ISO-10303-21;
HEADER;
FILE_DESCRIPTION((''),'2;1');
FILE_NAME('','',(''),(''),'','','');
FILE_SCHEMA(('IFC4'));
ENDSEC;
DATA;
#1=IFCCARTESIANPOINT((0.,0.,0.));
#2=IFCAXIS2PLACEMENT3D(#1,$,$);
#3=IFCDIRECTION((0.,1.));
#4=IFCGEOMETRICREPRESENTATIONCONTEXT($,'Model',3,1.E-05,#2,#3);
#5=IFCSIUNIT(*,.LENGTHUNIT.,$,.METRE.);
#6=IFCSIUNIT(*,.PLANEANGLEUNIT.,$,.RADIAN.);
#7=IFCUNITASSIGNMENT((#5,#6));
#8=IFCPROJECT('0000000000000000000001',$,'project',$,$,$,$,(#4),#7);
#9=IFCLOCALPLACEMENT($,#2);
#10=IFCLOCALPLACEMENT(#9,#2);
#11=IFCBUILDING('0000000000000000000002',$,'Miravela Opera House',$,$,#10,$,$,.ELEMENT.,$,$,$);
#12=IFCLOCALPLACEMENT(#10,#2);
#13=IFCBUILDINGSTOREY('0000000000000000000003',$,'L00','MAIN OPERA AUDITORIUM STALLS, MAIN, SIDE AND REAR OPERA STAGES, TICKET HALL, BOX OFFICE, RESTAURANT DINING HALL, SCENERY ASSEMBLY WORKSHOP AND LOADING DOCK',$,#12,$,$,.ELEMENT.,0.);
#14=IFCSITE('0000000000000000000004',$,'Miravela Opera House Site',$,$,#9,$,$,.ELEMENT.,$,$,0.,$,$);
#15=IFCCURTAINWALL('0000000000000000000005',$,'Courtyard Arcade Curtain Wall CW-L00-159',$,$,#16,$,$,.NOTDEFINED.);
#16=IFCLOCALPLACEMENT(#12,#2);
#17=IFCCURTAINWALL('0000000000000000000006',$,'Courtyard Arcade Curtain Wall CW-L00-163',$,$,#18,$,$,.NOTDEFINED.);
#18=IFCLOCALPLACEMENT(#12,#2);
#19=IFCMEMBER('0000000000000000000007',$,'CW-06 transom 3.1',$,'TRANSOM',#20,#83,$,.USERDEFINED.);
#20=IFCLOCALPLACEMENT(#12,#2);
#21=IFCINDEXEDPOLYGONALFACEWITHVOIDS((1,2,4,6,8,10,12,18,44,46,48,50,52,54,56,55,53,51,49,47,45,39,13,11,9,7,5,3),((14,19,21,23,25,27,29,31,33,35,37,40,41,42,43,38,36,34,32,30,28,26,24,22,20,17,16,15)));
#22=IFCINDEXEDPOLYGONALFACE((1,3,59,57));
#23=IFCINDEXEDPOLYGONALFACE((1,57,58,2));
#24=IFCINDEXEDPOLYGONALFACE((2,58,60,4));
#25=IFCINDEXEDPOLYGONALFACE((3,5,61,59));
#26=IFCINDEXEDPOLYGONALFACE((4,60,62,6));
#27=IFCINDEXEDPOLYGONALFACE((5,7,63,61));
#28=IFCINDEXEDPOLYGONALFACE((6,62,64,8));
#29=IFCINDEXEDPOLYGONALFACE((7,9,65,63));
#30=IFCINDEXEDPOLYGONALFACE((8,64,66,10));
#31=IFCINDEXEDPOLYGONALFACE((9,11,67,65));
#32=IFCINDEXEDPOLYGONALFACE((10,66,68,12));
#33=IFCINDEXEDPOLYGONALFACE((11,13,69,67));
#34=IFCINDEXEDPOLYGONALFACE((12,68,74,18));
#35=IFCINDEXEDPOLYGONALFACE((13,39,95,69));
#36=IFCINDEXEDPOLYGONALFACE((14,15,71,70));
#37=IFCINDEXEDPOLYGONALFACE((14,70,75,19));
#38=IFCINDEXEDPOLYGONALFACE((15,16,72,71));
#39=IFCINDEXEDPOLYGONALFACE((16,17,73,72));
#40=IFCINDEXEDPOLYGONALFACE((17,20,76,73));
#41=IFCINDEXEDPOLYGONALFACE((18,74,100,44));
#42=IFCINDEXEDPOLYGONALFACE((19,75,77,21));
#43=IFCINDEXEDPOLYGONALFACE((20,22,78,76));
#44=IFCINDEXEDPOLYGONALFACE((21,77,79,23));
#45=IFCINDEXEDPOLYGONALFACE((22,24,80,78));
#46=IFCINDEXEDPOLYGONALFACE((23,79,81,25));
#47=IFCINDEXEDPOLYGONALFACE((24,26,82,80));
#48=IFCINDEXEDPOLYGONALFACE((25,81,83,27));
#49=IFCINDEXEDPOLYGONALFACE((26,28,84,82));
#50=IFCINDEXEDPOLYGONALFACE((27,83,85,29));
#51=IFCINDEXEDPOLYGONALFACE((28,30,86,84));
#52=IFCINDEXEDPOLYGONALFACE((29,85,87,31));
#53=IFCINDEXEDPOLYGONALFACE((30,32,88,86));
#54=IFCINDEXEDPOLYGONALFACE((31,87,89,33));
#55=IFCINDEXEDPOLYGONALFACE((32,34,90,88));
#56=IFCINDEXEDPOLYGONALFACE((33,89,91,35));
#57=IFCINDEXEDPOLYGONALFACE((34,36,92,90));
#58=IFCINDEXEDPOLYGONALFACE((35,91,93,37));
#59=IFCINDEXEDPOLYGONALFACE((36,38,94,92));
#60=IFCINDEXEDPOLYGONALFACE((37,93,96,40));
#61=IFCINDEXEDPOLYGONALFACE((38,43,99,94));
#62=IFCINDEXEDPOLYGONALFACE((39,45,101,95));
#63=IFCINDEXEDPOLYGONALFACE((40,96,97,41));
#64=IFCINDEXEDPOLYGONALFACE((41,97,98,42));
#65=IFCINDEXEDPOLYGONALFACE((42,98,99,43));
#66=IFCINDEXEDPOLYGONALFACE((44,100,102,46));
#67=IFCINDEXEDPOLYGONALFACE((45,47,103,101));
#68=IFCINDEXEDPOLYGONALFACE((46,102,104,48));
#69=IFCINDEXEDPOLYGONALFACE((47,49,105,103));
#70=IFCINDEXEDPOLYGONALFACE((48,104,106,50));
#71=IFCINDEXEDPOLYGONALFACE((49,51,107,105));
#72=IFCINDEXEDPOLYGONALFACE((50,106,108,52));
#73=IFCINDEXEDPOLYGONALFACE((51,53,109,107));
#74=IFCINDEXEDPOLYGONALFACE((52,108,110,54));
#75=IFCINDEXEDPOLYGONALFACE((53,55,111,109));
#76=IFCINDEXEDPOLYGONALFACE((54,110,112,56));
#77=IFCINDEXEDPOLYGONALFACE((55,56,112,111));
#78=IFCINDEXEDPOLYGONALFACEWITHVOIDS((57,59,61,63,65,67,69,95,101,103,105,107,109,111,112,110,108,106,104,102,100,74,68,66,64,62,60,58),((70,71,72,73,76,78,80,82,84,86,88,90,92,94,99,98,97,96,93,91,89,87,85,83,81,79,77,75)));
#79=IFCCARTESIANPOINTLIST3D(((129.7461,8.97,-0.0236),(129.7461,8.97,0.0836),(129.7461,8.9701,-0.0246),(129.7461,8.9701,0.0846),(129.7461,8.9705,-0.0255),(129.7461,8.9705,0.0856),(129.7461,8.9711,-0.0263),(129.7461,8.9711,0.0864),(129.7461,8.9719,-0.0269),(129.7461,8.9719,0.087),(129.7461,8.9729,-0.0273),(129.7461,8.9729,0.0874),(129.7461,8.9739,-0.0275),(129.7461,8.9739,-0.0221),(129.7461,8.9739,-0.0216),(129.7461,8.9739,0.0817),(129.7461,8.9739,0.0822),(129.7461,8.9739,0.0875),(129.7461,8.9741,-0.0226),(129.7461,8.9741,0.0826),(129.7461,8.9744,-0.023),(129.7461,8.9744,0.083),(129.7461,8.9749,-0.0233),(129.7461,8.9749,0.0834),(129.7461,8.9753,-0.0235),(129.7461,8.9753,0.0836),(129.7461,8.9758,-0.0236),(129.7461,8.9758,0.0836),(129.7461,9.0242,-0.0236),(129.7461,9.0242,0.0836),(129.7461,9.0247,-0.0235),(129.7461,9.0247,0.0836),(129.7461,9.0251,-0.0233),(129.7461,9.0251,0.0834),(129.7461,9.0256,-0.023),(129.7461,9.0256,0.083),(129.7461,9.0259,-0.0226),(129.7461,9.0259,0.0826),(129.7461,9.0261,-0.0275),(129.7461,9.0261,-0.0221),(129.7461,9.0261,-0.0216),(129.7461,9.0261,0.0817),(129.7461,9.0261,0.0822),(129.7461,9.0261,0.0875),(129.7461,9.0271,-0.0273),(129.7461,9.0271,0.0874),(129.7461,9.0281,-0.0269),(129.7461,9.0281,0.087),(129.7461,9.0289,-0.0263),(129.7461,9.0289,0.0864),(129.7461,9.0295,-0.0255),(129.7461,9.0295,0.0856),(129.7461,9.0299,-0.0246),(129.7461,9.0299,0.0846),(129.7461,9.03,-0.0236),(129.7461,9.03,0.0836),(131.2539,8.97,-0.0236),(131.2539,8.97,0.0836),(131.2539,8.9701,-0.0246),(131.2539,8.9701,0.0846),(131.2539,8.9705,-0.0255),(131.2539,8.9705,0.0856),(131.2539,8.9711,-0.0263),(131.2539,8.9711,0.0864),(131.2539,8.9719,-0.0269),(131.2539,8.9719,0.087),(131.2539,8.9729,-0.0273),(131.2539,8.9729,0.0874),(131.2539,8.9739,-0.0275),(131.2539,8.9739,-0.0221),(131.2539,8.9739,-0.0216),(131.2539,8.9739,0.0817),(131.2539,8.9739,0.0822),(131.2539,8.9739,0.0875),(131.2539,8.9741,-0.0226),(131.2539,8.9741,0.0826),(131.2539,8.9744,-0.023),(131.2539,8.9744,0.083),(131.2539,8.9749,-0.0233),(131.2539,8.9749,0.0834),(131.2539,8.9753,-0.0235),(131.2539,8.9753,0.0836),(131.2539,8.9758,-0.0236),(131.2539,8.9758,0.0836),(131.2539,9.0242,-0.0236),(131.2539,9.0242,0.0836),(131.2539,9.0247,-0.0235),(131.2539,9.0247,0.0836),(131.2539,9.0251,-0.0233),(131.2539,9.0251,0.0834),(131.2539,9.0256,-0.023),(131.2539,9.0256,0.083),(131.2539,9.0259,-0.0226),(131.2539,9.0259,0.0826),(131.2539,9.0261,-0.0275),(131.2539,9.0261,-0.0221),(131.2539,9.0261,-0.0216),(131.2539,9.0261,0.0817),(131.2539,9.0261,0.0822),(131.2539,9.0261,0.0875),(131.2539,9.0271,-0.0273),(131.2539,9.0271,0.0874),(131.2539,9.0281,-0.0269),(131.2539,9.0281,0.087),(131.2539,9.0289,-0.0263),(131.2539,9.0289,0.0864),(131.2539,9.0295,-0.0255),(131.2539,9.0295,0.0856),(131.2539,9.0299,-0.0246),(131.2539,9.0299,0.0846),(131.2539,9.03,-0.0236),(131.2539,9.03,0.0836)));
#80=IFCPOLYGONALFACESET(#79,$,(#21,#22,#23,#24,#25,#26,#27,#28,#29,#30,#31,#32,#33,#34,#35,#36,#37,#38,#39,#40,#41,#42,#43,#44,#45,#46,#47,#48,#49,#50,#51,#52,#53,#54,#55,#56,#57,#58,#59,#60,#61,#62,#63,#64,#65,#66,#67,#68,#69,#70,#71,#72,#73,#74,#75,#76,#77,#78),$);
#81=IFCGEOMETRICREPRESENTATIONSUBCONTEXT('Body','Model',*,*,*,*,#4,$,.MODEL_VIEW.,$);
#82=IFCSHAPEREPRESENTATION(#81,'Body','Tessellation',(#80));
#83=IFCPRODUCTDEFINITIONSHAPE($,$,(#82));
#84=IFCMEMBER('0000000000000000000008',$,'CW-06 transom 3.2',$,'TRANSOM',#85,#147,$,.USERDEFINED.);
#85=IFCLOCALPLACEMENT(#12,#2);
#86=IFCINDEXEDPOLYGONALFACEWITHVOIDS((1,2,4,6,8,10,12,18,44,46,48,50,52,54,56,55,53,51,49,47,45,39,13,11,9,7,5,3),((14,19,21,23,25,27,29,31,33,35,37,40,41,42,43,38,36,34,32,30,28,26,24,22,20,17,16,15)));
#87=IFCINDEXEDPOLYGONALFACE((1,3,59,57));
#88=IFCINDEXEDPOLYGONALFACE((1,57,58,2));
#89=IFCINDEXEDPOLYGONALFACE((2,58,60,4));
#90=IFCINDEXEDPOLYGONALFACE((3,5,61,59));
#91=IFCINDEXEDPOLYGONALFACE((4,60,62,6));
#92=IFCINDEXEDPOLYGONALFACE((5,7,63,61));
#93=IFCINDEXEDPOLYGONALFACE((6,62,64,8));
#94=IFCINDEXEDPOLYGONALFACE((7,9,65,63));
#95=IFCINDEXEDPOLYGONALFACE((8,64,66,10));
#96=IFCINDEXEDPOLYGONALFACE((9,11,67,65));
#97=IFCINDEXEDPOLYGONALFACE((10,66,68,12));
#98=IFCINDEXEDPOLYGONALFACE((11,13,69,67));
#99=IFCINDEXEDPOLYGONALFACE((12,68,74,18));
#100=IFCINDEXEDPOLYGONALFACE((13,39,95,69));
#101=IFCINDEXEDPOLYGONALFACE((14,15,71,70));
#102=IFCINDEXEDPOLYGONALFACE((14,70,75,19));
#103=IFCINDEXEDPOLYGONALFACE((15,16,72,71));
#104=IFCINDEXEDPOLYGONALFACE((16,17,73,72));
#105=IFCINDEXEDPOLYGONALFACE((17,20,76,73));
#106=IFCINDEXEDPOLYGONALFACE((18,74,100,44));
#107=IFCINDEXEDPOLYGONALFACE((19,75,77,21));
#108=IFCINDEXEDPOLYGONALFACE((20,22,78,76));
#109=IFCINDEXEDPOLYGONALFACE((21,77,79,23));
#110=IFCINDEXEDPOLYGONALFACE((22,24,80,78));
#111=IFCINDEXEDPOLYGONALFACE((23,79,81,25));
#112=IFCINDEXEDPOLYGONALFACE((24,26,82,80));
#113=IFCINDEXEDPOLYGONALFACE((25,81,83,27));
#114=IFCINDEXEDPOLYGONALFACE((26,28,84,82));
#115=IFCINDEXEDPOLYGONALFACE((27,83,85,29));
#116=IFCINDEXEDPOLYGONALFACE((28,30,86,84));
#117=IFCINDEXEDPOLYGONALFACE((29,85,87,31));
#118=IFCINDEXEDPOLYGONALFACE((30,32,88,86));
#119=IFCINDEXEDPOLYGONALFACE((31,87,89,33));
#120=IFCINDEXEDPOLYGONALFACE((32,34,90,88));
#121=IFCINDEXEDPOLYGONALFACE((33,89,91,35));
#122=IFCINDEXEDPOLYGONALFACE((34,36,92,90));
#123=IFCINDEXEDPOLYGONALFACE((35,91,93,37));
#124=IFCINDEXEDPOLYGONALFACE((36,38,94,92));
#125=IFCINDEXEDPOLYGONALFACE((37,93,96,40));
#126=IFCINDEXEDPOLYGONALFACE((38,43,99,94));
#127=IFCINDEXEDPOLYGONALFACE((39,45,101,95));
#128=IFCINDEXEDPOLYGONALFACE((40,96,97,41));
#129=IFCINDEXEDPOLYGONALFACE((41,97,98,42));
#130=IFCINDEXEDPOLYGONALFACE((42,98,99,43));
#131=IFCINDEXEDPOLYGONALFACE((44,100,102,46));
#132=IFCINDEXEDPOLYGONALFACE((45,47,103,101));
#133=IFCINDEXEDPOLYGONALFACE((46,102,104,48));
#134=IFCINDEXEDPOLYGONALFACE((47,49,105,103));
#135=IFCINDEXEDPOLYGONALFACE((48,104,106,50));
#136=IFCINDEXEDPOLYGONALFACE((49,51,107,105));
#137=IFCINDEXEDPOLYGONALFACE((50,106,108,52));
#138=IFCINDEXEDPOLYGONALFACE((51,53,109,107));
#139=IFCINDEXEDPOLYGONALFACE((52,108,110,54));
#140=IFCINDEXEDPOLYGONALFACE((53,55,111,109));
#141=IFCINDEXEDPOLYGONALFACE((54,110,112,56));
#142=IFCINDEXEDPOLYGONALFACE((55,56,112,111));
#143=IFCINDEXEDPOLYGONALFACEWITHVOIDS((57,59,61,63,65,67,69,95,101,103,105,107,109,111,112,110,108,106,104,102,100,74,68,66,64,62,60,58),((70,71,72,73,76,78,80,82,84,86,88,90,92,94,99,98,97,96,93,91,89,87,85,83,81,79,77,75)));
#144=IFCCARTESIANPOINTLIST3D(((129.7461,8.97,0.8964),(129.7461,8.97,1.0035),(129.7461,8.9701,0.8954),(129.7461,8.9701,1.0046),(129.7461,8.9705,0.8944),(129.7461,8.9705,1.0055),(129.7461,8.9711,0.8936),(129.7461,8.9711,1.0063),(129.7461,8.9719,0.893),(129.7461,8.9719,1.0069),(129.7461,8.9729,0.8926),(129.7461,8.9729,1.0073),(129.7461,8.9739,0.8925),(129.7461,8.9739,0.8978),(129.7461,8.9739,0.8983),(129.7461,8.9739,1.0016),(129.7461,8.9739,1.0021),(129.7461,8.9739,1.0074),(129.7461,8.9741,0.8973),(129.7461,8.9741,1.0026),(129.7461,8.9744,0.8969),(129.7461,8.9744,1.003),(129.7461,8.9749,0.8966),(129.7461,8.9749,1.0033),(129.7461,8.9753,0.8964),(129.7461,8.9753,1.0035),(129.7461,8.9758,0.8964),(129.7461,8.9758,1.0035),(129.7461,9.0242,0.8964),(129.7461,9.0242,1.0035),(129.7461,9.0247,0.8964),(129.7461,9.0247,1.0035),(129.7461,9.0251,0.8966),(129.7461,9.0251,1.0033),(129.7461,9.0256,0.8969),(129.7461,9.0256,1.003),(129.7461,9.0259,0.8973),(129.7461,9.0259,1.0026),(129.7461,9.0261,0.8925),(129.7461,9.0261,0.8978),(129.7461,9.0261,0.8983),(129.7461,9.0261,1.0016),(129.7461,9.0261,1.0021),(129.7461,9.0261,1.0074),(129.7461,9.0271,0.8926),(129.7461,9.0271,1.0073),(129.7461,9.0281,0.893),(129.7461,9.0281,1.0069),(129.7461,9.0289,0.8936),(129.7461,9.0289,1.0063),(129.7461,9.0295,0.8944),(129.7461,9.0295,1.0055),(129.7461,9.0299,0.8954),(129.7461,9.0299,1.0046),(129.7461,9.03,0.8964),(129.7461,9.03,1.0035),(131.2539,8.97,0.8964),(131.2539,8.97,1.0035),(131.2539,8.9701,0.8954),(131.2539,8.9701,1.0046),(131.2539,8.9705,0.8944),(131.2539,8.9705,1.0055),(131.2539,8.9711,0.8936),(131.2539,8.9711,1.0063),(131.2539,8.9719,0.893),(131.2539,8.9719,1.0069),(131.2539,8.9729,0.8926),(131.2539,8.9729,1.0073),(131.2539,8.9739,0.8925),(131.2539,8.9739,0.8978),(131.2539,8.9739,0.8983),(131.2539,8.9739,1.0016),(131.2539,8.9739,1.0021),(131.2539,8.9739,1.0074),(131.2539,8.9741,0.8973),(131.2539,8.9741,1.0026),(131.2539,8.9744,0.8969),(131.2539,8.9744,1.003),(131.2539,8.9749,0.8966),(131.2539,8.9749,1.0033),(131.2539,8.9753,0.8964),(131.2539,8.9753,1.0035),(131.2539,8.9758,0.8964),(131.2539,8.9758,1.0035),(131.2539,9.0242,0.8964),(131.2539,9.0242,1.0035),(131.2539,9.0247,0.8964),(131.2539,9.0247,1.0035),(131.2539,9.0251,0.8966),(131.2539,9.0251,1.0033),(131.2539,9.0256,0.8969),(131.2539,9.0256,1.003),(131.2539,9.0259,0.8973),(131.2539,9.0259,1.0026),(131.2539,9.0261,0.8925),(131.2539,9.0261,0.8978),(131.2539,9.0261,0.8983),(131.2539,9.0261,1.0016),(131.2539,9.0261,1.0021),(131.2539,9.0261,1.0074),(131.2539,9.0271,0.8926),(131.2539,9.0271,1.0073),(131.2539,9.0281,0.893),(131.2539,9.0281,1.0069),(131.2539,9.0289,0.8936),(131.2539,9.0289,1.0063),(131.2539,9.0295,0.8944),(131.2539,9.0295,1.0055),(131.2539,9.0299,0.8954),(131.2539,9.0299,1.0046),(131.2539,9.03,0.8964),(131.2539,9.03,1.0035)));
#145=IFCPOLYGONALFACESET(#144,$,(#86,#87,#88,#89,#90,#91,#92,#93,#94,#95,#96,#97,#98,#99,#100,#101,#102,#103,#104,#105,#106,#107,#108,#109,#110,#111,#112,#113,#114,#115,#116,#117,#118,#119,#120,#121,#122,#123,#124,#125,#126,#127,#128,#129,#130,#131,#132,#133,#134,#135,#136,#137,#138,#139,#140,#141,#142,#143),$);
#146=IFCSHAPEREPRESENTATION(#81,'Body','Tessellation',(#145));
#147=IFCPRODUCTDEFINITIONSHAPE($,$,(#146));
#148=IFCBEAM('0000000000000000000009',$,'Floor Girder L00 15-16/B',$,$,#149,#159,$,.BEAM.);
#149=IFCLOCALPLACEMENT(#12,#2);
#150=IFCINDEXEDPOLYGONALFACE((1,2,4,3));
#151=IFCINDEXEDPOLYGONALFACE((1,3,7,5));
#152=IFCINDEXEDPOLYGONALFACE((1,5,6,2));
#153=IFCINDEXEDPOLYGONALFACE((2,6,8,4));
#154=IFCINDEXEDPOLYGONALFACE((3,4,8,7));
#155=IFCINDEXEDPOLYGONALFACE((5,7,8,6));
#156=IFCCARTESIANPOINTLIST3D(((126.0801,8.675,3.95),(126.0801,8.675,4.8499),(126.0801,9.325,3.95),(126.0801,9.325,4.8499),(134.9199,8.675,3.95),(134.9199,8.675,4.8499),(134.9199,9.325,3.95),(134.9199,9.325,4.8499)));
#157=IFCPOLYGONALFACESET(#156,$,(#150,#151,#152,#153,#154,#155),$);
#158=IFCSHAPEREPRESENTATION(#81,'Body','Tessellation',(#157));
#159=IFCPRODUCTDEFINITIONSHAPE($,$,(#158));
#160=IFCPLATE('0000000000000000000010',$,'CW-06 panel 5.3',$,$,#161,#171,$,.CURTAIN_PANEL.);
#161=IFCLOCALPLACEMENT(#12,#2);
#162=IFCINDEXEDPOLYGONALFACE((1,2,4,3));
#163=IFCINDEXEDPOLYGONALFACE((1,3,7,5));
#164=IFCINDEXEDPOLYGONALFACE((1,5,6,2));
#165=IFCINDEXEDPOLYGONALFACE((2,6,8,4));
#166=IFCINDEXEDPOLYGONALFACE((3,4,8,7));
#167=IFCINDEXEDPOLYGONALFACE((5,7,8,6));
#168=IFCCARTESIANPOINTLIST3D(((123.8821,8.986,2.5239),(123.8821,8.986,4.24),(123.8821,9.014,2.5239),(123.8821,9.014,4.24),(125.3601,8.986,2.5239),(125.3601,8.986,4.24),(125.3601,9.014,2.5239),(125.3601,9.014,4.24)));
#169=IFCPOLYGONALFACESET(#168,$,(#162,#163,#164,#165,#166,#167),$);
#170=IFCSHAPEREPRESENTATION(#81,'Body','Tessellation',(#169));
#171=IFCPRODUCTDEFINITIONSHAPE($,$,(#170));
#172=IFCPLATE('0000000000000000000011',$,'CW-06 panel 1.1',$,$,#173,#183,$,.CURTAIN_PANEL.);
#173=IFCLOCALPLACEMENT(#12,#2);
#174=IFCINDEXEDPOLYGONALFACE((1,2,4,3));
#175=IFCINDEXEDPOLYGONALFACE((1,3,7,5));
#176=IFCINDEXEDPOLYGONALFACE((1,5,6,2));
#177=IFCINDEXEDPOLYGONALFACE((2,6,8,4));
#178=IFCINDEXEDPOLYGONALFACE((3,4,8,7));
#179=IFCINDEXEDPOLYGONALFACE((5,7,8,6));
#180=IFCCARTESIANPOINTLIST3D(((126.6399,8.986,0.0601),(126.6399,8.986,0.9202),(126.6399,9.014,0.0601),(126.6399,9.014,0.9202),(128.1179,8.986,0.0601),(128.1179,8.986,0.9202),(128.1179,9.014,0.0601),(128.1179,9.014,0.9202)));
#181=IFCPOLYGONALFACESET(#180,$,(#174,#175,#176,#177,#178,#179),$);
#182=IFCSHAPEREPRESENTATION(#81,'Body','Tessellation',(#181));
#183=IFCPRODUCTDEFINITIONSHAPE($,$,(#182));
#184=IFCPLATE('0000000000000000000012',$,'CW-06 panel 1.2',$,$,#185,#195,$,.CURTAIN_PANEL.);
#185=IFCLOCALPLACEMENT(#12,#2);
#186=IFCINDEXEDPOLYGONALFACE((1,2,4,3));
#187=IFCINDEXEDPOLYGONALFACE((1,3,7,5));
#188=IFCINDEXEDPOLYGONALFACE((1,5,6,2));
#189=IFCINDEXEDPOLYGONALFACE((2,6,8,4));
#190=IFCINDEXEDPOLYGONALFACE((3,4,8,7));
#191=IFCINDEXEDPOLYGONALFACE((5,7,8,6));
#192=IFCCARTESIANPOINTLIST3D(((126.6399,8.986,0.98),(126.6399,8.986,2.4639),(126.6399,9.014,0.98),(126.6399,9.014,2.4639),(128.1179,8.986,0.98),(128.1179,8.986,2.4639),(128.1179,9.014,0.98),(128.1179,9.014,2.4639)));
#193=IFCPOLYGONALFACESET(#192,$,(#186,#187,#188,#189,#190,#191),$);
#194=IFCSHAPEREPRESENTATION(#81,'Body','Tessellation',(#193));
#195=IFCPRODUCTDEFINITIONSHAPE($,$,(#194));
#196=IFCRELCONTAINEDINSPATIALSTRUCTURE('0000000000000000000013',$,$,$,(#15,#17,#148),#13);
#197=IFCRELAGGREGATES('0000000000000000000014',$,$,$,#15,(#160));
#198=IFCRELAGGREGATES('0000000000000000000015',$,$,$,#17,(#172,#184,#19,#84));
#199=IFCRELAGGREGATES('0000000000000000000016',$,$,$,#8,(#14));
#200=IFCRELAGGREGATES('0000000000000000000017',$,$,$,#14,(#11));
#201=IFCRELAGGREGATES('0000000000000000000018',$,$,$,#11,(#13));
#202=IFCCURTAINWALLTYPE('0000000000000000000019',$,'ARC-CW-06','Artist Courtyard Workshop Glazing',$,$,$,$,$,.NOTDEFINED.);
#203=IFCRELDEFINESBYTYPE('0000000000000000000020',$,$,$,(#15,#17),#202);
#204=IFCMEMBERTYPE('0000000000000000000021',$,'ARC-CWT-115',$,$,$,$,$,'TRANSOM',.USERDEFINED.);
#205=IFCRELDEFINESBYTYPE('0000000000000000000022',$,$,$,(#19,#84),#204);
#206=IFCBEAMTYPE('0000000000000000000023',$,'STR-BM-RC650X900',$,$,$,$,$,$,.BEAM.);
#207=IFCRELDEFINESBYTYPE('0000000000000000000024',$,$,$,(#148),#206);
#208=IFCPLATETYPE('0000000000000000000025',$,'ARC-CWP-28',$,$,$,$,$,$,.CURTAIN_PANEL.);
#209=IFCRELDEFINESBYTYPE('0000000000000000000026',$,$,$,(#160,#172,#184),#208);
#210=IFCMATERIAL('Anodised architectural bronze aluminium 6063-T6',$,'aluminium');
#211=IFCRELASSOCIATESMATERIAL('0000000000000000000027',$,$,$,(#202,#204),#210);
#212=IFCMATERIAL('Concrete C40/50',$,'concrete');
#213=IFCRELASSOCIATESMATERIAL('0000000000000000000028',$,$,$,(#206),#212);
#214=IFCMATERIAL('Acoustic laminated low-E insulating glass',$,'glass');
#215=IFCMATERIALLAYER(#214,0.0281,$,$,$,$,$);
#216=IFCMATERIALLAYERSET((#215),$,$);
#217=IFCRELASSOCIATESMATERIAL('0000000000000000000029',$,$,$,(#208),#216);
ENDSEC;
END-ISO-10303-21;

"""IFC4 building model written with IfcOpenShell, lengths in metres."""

from ifc_helpers import new_model, si_unit, direction, frame, origin, origin_2d, place, context, subcontext, project, spatial, rectangle, hollow_rectangle, extrude, material, layer, layer_set, material_profile, profile_set, type_object, element, aggregate, save


model = new_model("IFC4")

# Units and contexts
model_context = context("Model", 3, precision=1e-05, world=origin(), true_north=direction((0.0, 1.0)))
body_context = subcontext(model_context, "Body", "Model", "MODEL_VIEW")
ifc_project = project(units=[si_unit("LENGTHUNIT", "METRE"), si_unit("PLANEANGLEUNIT", "RADIAN")], contexts=[model_context])

# Site, building, storey
site_placement = place(None, origin())
site = spatial("IfcSite", under=ifc_project, at=site_placement, Name="Miravela Opera House Site", CompositionType="ELEMENT", RefElevation=0.0)
building_placement = place(site_placement, origin())
building = spatial("IfcBuilding", under=site, at=building_placement, Name="Miravela Opera House", CompositionType="ELEMENT")
storey_placement = place(building_placement, origin())
storey = spatial("IfcBuildingStorey", under=building, at=storey_placement, Name="L00", Description="MAIN OPERA AUDITORIUM STALLS, MAIN, SIDE AND REAR OPERA STAGES, TICKET HALL, BOX OFFICE, RESTAURANT DINING HALL, SCENERY ASSEMBLY WORKSHOP AND LOADING DOCK", CompositionType="ELEMENT", Elevation=0.0)

# Curtain wall
ifc_material_1 = material(Name="Anodised architectural bronze aluminium 6063-T6", Category="aluminium")
curtain_wall_type = type_object("IfcCurtainWallType", Name="ARC-CW-06", Description="Artist Courtyard Workshop Glazing", PredefinedType="NOTDEFINED", material=ifc_material_1)
curtain_wall_1_placement = place(storey_placement, origin())
curtain_wall_1 = element("IfcCurtainWall", 1, at=curtain_wall_1_placement, inside=storey, type_object=curtain_wall_type, Name="Courtyard Arcade Curtain Wall CW-L00-159", PredefinedType="NOTDEFINED")

# Curtain wall, members
curtain_wall_2_placement = place(storey_placement, origin())
curtain_wall_2 = element("IfcCurtainWall", 2, at=curtain_wall_2_placement, inside=storey, type_object=curtain_wall_type, Name="Courtyard Arcade Curtain Wall CW-L00-163", PredefinedType="NOTDEFINED")
ifc_material_profile_1 = material_profile(ifc_material_1, hollow_rectangle(XDim=0.0601, YDim=0.115, WallThickness=0.0039, InnerFilletRadius=0.002, OuterFilletRadius=0.0039, at=origin_2d()), Name="CWT-60X115")
ifc_profile_set_1 = profile_set([ifc_material_profile_1])
member_type_1 = type_object("IfcMemberType", Name="ARC-CWT-115", ElementType="TRANSOM", PredefinedType="USERDEFINED", material=ifc_profile_set_1)
member_1_placement = place(storey_placement, frame((129.7461, 9.0, 0.03), z_axis=(1.0, 0.0, 0.0), x_axis=(0.0, 1.0, 0.0)))
member_1 = element("IfcMember", 3, at=member_1_placement, type_object=member_type_1, Name="CW-06 transom 3.1", ObjectType="TRANSOM", PredefinedType="USERDEFINED", context=body_context, shape_type="SweptSolid", body=[
    extrude(hollow_rectangle(XDim=0.0601, YDim=0.115, WallThickness=0.0039, InnerFilletRadius=0.002, OuterFilletRadius=0.0039, at=origin_2d()), origin(), (0.0, 0.0, 1.0), 1.5078),
])
member_2_placement = place(storey_placement, frame((129.7461, 9.0, 0.95), z_axis=(1.0, 0.0, 0.0), x_axis=(0.0, 1.0, 0.0)))
member_2 = element("IfcMember", 4, at=member_2_placement, type_object=member_type_1, Name="CW-06 transom 3.2", ObjectType="TRANSOM", PredefinedType="USERDEFINED", context=body_context, shape_type="SweptSolid", body=[
    extrude(hollow_rectangle(XDim=0.0601, YDim=0.115, WallThickness=0.0039, InnerFilletRadius=0.002, OuterFilletRadius=0.0039, at=origin_2d()), origin(), (0.0, 0.0, 1.0), 1.5078),
])

# Beam
ifc_material_2 = material(Name="Concrete C40/50", Category="concrete")
ifc_material_profile_2 = material_profile(ifc_material_2, rectangle(XDim=0.6499, YDim=0.8999, at=origin_2d()), Name="RC-BM-650X900")
ifc_profile_set_2 = profile_set([ifc_material_profile_2])
beam_type = type_object("IfcBeamType", Name="STR-BM-RC650X900", PredefinedType="BEAM", material=ifc_profile_set_2)
beam_placement = place(storey_placement, frame((126.0801, 9.0, 4.3999), z_axis=(1.0, 0.0, 0.0), x_axis=(0.0, 1.0, 0.0)))
element("IfcBeam", 5, at=beam_placement, inside=storey, type_object=beam_type, Name="Floor Girder L00 15-16/B", PredefinedType="BEAM", context=body_context, shape_type="SweptSolid", body=[
    extrude(rectangle(XDim=0.6499, YDim=0.8999, at=origin_2d()), origin(), (0.0, 0.0, 1.0), 8.8398),
])

# Plates
ifc_material_3 = material(Name="Acoustic laminated low-E insulating glass", Category="glass")
ifc_layer = layer(ifc_material_3, 0.0281)
ifc_layer_set = layer_set([ifc_layer])
plate_type = type_object("IfcPlateType", Name="ARC-CWP-28", PredefinedType="CURTAIN_PANEL", material=ifc_layer_set)
plate_1_placement = place(storey_placement, frame((124.6211, 9.0, 2.5239), z_axis=(0.0, 0.0, 1.0), x_axis=(1.0, 0.0, 0.0)))
plate_1 = element("IfcPlate", 6, at=plate_1_placement, type_object=plate_type, Name="CW-06 panel 5.3", PredefinedType="CURTAIN_PANEL", context=body_context, shape_type="SweptSolid", body=[
    extrude(rectangle(XDim=1.478, YDim=0.0281, at=origin_2d()), origin(), (0.0, 0.0, 1.0), 1.7161),
])
aggregate(curtain_wall_1, [plate_1])
plate_2_placement = place(storey_placement, frame((127.3789, 9.0, 0.0601), z_axis=(0.0, 0.0, 1.0), x_axis=(1.0, 0.0, 0.0)))
plate_2 = element("IfcPlate", 7, at=plate_2_placement, type_object=plate_type, Name="CW-06 panel 1.1", PredefinedType="CURTAIN_PANEL", context=body_context, shape_type="SweptSolid", body=[
    extrude(rectangle(XDim=1.478, YDim=0.0281, at=origin_2d()), origin(), (0.0, 0.0, 1.0), 0.8601),
])
plate_3_placement = place(storey_placement, frame((127.3789, 9.0, 0.98), z_axis=(0.0, 0.0, 1.0), x_axis=(1.0, 0.0, 0.0)))
plate_3 = element("IfcPlate", 8, at=plate_3_placement, type_object=plate_type, Name="CW-06 panel 1.2", PredefinedType="CURTAIN_PANEL", context=body_context, shape_type="SweptSolid", body=[
    extrude(rectangle(XDim=1.478, YDim=0.0281, at=origin_2d()), origin(), (0.0, 0.0, 1.0), 1.4839),
])
aggregate(curtain_wall_2, [plate_2, plate_3, member_1, member_2])

save(model, "model.ifc")
